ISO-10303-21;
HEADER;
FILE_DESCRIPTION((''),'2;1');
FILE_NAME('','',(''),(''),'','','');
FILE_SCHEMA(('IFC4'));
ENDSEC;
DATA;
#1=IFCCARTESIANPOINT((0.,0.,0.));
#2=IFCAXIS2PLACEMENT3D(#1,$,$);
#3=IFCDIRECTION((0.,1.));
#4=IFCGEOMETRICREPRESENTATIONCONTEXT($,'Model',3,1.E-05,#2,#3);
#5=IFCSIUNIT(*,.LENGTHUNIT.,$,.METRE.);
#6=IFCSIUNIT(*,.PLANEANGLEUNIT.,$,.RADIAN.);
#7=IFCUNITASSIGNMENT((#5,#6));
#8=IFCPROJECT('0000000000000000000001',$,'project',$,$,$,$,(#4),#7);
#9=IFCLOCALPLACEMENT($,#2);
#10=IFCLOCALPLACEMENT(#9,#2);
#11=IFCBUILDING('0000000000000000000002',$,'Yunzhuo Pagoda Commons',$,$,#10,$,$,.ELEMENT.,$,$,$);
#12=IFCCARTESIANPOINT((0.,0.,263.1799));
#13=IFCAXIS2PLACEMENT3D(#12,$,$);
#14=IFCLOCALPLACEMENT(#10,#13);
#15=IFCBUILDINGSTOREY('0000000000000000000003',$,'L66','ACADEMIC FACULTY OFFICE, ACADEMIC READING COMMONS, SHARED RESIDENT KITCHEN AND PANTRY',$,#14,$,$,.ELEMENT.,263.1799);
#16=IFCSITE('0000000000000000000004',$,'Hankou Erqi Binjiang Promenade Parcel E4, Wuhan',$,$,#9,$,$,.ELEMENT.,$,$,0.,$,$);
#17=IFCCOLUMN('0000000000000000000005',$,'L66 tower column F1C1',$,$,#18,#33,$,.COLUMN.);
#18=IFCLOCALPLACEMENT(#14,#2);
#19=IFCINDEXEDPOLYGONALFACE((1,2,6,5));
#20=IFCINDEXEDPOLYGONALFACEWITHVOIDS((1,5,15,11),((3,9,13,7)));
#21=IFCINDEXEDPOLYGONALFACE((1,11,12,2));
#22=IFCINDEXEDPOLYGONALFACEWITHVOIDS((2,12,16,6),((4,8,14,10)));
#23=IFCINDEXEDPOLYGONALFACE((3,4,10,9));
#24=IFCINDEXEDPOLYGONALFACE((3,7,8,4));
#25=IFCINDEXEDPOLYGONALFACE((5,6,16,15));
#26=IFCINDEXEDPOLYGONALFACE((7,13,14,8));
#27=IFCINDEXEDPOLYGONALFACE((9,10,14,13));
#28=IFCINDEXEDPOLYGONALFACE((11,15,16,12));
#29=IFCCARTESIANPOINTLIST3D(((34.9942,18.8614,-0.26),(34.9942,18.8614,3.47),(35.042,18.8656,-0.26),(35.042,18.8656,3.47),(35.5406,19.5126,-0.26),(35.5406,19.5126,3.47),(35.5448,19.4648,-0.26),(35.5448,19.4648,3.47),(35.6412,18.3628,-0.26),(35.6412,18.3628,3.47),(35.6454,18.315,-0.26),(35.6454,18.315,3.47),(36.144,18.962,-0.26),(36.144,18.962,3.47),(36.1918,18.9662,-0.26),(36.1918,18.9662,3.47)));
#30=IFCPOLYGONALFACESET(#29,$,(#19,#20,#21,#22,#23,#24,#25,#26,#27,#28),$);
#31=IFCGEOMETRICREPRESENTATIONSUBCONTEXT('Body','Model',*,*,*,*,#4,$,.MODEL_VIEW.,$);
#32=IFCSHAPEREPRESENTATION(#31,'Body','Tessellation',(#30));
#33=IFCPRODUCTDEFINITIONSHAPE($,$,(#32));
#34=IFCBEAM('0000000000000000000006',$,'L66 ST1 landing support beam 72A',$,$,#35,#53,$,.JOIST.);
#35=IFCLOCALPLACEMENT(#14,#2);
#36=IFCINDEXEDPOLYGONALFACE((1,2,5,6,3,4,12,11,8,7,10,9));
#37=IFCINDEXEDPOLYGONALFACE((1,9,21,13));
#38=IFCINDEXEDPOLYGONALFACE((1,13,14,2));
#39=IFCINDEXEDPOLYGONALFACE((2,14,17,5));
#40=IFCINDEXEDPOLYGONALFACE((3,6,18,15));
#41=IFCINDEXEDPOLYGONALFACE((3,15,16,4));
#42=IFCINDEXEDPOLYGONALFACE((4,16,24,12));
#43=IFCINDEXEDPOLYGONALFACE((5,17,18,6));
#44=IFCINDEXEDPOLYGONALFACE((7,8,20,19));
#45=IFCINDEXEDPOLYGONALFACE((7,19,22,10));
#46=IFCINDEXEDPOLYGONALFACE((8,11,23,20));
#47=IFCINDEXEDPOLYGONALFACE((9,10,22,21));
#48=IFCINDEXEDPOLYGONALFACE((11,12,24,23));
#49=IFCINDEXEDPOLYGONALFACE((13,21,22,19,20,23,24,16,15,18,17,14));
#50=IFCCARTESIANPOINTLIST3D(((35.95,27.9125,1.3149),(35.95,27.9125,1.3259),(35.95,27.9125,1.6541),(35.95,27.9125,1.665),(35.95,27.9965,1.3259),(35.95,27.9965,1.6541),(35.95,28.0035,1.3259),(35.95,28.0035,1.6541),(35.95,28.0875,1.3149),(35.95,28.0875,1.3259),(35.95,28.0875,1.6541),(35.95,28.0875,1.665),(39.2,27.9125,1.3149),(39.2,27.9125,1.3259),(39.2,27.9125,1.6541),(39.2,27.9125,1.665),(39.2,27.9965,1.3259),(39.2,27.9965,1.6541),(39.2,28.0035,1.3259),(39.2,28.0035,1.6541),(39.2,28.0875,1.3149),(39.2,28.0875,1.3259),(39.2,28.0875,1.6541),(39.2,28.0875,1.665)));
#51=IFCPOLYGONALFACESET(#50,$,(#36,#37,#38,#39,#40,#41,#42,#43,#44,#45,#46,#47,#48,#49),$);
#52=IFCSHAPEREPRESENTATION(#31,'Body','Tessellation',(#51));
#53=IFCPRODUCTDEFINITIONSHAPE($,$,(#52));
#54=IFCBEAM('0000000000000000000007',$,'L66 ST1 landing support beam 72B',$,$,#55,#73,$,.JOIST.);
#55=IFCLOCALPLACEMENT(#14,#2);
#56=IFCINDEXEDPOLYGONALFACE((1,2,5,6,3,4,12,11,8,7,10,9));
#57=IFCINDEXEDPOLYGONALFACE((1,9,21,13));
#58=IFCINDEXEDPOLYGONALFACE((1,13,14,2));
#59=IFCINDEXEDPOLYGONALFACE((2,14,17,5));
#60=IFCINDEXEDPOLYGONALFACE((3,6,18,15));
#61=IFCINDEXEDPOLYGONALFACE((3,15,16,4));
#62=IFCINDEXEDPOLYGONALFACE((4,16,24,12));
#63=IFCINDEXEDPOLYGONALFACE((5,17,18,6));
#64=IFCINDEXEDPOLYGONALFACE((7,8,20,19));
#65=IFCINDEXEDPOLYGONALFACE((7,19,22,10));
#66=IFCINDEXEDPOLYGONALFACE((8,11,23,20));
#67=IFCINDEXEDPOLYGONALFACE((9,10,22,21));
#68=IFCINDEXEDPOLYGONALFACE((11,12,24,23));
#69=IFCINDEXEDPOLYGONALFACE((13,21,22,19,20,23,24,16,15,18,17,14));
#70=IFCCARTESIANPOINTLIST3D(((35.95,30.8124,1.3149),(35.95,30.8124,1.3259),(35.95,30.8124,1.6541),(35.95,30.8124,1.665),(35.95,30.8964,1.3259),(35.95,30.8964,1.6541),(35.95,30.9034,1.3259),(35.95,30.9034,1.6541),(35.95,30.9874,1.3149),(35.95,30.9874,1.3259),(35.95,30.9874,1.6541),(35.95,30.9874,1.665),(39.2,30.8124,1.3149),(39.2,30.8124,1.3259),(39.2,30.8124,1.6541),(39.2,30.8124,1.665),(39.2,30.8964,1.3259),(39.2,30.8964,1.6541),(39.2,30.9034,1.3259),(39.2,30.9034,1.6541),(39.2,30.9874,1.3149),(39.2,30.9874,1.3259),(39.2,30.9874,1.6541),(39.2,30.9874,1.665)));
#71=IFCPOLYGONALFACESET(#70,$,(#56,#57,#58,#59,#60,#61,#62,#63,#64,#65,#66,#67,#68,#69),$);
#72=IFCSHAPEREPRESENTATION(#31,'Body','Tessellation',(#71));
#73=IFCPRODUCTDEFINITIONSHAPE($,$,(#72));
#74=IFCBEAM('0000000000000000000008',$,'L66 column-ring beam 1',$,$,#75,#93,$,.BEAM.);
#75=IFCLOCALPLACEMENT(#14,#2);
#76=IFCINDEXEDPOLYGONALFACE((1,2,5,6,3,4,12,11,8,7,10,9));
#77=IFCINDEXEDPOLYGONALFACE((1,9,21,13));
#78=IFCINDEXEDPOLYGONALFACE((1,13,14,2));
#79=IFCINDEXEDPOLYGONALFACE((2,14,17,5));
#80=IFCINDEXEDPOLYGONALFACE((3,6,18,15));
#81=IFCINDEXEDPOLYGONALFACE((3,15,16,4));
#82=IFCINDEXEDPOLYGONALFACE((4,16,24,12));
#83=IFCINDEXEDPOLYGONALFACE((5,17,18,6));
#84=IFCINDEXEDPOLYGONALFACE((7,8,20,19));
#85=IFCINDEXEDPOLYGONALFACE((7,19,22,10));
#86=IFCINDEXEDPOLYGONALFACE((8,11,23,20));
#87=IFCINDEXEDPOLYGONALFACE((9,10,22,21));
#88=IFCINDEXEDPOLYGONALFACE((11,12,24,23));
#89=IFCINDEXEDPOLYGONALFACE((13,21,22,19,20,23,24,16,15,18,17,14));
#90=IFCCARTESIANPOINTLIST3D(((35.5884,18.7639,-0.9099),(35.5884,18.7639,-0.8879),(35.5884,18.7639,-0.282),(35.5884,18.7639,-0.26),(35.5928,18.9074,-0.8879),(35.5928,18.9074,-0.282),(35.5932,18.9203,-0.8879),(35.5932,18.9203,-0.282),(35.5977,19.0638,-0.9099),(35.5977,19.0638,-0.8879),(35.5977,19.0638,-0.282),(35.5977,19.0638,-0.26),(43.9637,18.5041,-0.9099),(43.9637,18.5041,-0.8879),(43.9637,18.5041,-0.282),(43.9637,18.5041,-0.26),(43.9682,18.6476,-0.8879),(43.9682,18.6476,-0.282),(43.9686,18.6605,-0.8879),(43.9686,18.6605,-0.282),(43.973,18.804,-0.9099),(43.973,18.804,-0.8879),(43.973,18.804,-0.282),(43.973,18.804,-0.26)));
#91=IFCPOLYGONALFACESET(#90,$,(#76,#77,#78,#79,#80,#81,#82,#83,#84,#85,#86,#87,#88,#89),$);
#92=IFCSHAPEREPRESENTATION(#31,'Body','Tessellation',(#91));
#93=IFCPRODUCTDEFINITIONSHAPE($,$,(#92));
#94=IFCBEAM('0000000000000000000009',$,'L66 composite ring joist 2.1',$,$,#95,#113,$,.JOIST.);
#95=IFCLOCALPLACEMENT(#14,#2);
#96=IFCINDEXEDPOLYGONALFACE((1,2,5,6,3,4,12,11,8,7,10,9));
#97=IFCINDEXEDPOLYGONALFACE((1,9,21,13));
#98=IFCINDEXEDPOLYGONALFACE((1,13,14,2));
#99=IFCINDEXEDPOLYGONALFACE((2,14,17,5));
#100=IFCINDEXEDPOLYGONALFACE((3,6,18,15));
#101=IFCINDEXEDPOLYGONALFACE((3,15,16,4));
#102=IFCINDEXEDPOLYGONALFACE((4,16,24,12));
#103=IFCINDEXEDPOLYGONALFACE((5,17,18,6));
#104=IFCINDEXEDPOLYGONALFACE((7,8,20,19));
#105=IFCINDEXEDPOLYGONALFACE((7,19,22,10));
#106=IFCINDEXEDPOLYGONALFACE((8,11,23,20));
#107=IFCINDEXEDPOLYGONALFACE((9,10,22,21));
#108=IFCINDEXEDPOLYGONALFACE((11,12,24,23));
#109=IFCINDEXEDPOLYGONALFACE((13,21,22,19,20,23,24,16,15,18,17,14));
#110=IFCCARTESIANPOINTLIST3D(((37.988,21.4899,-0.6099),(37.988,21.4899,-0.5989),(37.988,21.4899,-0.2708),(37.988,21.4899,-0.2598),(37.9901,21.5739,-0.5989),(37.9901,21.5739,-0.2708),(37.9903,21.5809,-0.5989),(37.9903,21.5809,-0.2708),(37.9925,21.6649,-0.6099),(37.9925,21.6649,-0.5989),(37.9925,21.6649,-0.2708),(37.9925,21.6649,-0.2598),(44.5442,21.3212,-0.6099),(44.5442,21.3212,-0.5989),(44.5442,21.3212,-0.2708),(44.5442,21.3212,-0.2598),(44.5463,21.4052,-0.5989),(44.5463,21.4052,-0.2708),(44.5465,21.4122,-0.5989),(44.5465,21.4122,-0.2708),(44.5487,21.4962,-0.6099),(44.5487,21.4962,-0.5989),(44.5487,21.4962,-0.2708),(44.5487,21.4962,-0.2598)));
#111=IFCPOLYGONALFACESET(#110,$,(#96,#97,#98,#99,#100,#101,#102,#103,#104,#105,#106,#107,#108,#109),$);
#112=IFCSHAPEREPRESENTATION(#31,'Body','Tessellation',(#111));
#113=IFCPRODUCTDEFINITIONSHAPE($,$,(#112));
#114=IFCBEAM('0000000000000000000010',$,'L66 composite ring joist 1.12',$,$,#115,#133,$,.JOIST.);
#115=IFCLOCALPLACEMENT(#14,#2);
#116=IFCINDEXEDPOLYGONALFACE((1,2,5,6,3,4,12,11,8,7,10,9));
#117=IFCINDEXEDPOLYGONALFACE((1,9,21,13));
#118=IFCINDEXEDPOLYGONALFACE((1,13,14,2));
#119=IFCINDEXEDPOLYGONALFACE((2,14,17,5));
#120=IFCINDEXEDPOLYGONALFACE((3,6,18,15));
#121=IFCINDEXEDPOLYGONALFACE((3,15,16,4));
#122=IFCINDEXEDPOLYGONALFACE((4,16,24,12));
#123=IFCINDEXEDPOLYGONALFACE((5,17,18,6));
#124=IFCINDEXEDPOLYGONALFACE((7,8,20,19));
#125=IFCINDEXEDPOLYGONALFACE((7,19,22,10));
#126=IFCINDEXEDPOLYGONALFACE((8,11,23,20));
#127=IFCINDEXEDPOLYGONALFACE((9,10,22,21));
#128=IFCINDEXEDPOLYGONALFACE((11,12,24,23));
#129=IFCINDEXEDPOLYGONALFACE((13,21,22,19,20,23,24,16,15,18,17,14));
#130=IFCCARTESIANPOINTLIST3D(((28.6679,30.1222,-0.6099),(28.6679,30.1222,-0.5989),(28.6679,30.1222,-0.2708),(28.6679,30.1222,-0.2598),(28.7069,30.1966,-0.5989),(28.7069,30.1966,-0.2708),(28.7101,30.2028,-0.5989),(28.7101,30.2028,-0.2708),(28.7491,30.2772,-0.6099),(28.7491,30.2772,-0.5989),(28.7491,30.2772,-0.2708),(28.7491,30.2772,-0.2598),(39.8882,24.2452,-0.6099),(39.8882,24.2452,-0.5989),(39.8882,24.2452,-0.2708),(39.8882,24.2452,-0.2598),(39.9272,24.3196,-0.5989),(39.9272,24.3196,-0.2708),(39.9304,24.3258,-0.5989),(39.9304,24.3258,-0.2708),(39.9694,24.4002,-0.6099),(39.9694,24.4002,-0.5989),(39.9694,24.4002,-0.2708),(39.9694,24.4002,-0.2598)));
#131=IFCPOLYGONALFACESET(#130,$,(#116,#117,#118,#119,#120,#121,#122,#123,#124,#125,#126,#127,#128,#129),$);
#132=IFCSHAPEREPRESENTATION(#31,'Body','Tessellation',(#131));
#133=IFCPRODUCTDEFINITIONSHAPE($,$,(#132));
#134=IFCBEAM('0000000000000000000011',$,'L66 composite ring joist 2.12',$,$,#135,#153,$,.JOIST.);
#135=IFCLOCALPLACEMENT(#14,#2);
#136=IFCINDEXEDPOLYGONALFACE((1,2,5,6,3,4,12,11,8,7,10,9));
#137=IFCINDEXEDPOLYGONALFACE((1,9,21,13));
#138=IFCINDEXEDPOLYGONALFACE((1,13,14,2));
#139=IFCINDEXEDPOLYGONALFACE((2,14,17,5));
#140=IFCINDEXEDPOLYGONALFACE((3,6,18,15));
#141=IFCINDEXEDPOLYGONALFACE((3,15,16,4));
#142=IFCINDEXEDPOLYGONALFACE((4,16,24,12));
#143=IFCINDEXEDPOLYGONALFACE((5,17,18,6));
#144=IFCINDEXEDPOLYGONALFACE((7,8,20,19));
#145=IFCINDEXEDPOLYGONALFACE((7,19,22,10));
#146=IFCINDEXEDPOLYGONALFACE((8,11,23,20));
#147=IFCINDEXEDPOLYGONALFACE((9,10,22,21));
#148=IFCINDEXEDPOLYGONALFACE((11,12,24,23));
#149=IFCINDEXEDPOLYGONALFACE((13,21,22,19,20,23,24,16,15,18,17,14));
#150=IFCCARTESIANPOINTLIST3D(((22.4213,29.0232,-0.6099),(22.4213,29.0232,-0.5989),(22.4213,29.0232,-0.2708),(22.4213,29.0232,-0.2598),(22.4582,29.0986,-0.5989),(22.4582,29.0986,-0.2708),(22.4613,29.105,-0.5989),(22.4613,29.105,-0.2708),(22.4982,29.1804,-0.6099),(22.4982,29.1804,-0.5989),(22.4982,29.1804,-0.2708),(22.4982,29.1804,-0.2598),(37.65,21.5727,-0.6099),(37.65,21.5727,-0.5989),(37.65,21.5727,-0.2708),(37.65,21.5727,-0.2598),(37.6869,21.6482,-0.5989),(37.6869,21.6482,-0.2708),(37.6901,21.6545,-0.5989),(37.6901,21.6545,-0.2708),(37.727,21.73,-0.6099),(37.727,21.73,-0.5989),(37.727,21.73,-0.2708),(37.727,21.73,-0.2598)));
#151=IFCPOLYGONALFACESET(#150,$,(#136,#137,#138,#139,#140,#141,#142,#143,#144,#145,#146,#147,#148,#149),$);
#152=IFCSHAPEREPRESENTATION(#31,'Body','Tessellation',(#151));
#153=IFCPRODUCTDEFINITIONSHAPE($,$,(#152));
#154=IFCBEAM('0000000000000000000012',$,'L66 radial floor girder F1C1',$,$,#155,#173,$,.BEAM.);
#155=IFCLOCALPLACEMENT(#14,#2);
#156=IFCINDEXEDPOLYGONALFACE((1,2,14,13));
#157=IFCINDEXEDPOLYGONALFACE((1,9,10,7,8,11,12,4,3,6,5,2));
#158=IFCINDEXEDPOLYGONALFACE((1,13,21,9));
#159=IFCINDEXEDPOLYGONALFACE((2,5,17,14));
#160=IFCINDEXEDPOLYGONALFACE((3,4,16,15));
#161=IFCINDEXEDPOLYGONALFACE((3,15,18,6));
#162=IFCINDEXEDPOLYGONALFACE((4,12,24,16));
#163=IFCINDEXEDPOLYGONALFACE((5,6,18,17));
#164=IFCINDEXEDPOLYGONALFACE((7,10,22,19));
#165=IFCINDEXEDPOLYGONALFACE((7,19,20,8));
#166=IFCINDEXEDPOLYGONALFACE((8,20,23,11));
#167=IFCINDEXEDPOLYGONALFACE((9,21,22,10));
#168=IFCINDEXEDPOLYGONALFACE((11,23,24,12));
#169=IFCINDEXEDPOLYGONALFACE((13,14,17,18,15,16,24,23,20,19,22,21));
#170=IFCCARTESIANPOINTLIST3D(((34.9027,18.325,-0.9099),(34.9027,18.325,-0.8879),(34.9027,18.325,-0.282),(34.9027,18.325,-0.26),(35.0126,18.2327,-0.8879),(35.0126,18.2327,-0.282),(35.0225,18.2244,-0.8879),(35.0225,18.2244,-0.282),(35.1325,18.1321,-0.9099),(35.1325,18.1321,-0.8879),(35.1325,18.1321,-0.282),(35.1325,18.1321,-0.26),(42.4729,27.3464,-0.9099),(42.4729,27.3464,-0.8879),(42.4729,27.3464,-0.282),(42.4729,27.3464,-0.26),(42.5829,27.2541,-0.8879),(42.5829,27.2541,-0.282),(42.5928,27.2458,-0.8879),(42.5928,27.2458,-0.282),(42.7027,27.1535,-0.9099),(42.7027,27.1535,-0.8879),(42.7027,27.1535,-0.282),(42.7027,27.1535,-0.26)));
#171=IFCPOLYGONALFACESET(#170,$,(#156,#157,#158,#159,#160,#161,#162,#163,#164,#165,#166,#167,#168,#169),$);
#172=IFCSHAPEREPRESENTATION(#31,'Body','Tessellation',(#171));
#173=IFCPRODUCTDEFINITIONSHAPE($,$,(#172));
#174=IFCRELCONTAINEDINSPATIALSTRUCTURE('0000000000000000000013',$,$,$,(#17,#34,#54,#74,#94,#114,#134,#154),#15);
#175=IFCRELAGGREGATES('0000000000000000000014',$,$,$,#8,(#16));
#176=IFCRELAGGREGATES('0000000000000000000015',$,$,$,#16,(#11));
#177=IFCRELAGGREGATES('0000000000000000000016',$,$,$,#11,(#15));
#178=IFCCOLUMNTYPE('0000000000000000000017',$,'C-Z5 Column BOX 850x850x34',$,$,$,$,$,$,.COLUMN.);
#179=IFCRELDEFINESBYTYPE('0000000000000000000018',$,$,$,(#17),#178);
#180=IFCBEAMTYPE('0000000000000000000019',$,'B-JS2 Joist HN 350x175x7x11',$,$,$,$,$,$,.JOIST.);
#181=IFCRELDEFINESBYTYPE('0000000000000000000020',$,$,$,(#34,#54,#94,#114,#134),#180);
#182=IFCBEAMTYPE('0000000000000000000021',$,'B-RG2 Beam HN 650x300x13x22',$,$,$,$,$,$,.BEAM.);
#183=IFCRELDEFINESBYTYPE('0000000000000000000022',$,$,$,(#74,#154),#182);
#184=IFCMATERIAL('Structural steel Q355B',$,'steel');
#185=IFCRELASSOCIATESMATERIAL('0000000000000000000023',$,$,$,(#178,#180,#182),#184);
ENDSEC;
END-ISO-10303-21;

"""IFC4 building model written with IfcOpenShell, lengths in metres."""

from ifc_helpers import new_model, si_unit, direction, frame, origin, origin_2d, place, context, subcontext, project, spatial, hollow_rectangle, i_section, extrude, source, transform, mapped, material, material_profile, profile_set, type_object, element, save


model = new_model("IFC4")

# Units and contexts
model_context = context("Model", 3, precision=1e-05, world=origin(), true_north=direction((0.0, 1.0)))
body_context = subcontext(model_context, "Body", "Model", "MODEL_VIEW")
ifc_project = project(units=[si_unit("LENGTHUNIT", "METRE"), si_unit("PLANEANGLEUNIT", "RADIAN")], contexts=[model_context])

# Site, building, storey
site_placement = place(None, origin())
site = spatial("IfcSite", under=ifc_project, at=site_placement, Name="Hankou Erqi Binjiang Promenade Parcel E4, Wuhan", CompositionType="ELEMENT", RefElevation=0.0)
building_placement = place(site_placement, origin())
building = spatial("IfcBuilding", under=site, at=building_placement, Name="Yunzhuo Pagoda Commons", CompositionType="ELEMENT")
storey_placement = place(building_placement, frame((0.0, 0.0, 263.1799)))
storey = spatial("IfcBuildingStorey", under=building, at=storey_placement, Name="L66", Description="ACADEMIC FACULTY OFFICE, ACADEMIC READING COMMONS, SHARED RESIDENT KITCHEN AND PANTRY", CompositionType="ELEMENT", Elevation=263.1799)

# Column
ifc_material_1 = material(Name="Structural steel Q355B", Category="steel")
ifc_material_profile_1 = material_profile(ifc_material_1, hollow_rectangle(XDim=0.8501, YDim=0.8501, WallThickness=0.0339, at=origin_2d()), Name="Structural steel Q355B")
ifc_profile_set_1 = profile_set([ifc_material_profile_1], Name="Structural steel Q355B")
column_type = type_object("IfcColumnType", Name="C-Z5 Column BOX 850x850x34", PredefinedType="COLUMN", material=ifc_profile_set_1)
shared_shape_1 = source(origin(), body_context, "Body", "SweptSolid", [
    extrude(hollow_rectangle(XDim=0.8501, YDim=0.8501, WallThickness=0.0339, at=origin_2d()), origin(), (0.0, 0.0, 1.0), 3.73),
])
column_placement = place(storey_placement, frame((35.593, 18.9138, -0.26), z_axis=(0.0, 0.0, 1.0), x_axis=(0.766044, -0.642788, 0.0)))
element("IfcColumn", 1, at=column_placement, inside=storey, type_object=column_type, Name="L66 tower column F1C1", PredefinedType="COLUMN", context=body_context, shape_type="MappedRepresentation", body=[
    mapped(shared_shape_1, transform((0.0, 0.0, 0.0), scale=1.0)),
])

# Beams
ifc_material_profile_2 = material_profile(ifc_material_1, i_section(OverallWidth=0.175, OverallDepth=0.3501, WebThickness=0.0071, FlangeThickness=0.011, at=origin_2d()), Name="Structural steel Q355B")
ifc_profile_set_2 = profile_set([ifc_material_profile_2], Name="Structural steel Q355B")
beam_type_1 = type_object("IfcBeamType", Name="B-JS2 Joist HN 350x175x7x11", PredefinedType="JOIST", material=ifc_profile_set_2)
shared_shape_2 = source(origin(), body_context, "Body", "SweptSolid", [
    extrude(i_section(OverallWidth=0.175, OverallDepth=0.3501, WebThickness=0.0071, FlangeThickness=0.011, at=origin_2d()), origin(), (0.0, 0.0, 1.0), 3.25),
])
for number, where, z_axis, x_axis, name in (
    (2, (35.95, 28.0, 1.49), (1.0, 0.0, 0.0), (0.0, 1.0, 0.0), "L66 ST1 landing support beam 72A"),
    (3, (35.95, 30.8999, 1.49), (1.0, 0.0, 0.0), (0.0, 1.0, 0.0), "L66 ST1 landing support beam 72B"),
):
    element("IfcBeam", number, at=place(storey_placement, frame(where, z_axis=z_axis, x_axis=x_axis)), inside=storey, type_object=beam_type_1, Name=name, PredefinedType="JOIST", context=body_context, shape_type="MappedRepresentation", body=[
        mapped(shared_shape_2, transform((0.0, 0.0, 0.0), scale=1.0)),
    ])
ifc_material_profile_3 = material_profile(ifc_material_1, i_section(OverallWidth=0.3, OverallDepth=0.6499, WebThickness=0.0129, FlangeThickness=0.022, at=origin_2d()), Name="Structural steel Q355B")
ifc_profile_set_3 = profile_set([ifc_material_profile_3], Name="Structural steel Q355B")
beam_type_2 = type_object("IfcBeamType", Name="B-RG2 Beam HN 650x300x13x22", PredefinedType="BEAM", material=ifc_profile_set_3)
shared_shape_3 = source(origin(), body_context, "Body", "SweptSolid", [
    extrude(i_section(OverallWidth=0.3, OverallDepth=0.6499, WebThickness=0.0129, FlangeThickness=0.022, at=origin_2d()), origin(), (0.0, 0.0, 1.0), 8.3794),
])
beam_1_placement = place(storey_placement, frame((35.593, 18.9138, -0.585), z_axis=(0.999519, -0.031, 0.0), x_axis=(0.031, 0.999519, 0.0)))
element("IfcBeam", 4, at=beam_1_placement, inside=storey, type_object=beam_type_2, Name="L66 column-ring beam 1", PredefinedType="BEAM", context=body_context, shape_type="MappedRepresentation", body=[
    mapped(shared_shape_3, transform((0.0, 0.0, 0.0), scale=1.0)),
])
shared_shape_4 = source(origin(), body_context, "Body", "SweptSolid", [
    extrude(i_section(OverallWidth=0.175, OverallDepth=0.3501, WebThickness=0.0071, FlangeThickness=0.011, at=origin_2d()), origin(), (0.0, 0.0, 1.0), 6.5583),
])
beam_2_placement = place(storey_placement, frame((37.9902, 21.5774, -0.4348), z_axis=(0.999669, -0.025723, 0.0), x_axis=(0.025723, 0.999669, 0.0)))
element("IfcBeam", 5, at=beam_2_placement, inside=storey, type_object=beam_type_1, Name="L66 composite ring joist 2.1", PredefinedType="JOIST", context=body_context, shape_type="MappedRepresentation", body=[
    mapped(shared_shape_4, transform((0.0, 0.0, 0.0), scale=1.0)),
])
shared_shape_5 = source(origin(), body_context, "Body", "SweptSolid", [
    extrude(i_section(OverallWidth=0.175, OverallDepth=0.3501, WebThickness=0.0071, FlangeThickness=0.011, at=origin_2d()), origin(), (0.0, 0.0, 1.0), 12.6663),
])
beam_3_placement = place(storey_placement, frame((28.7085, 30.1997, -0.4348), z_axis=(0.885841, -0.463988, 0.0), x_axis=(0.463988, 0.885841, 0.0)))
element("IfcBeam", 6, at=beam_3_placement, inside=storey, type_object=beam_type_1, Name="L66 composite ring joist 1.12", PredefinedType="JOIST", context=body_context, shape_type="MappedRepresentation", body=[
    mapped(shared_shape_5, transform((0.0, 0.0, 0.0), scale=1.0)),
])
shared_shape_6 = source(origin(), body_context, "Body", "SweptSolid", [
    extrude(i_section(OverallWidth=0.175, OverallDepth=0.3501, WebThickness=0.0071, FlangeThickness=0.011, at=origin_2d()), origin(), (0.0, 0.0, 1.0), 16.9536),
])
beam_4_placement = place(storey_placement, frame((22.4597, 29.1018, -0.4348), z_axis=(0.898262, -0.439461, 0.0), x_axis=(0.439461, 0.898262, 0.0)))
element("IfcBeam", 7, at=beam_4_placement, inside=storey, type_object=beam_type_1, Name="L66 composite ring joist 2.12", PredefinedType="JOIST", context=body_context, shape_type="MappedRepresentation", body=[
    mapped(shared_shape_6, transform((0.0, 0.0, 0.0), scale=1.0)),
])
shared_shape_7 = source(origin(), body_context, "Body", "SweptSolid", [
    extrude(i_section(OverallWidth=0.3, OverallDepth=0.6499, WebThickness=0.0129, FlangeThickness=0.022, at=origin_2d()), origin(), (0.0, 0.0, 1.0), 11.7769),
])
beam_5_placement = place(storey_placement, frame((35.0176, 18.2285, -0.585), z_axis=(0.642807, 0.766028, 0.0), x_axis=(-0.766028, 0.642807, 0.0)))
element("IfcBeam", 8, at=beam_5_placement, inside=storey, type_object=beam_type_2, Name="L66 radial floor girder F1C1", PredefinedType="BEAM", context=body_context, shape_type="MappedRepresentation", body=[
    mapped(shared_shape_7, transform((0.0, 0.0, 0.0), scale=1.0)),
])

save(model, "model.ifc")
